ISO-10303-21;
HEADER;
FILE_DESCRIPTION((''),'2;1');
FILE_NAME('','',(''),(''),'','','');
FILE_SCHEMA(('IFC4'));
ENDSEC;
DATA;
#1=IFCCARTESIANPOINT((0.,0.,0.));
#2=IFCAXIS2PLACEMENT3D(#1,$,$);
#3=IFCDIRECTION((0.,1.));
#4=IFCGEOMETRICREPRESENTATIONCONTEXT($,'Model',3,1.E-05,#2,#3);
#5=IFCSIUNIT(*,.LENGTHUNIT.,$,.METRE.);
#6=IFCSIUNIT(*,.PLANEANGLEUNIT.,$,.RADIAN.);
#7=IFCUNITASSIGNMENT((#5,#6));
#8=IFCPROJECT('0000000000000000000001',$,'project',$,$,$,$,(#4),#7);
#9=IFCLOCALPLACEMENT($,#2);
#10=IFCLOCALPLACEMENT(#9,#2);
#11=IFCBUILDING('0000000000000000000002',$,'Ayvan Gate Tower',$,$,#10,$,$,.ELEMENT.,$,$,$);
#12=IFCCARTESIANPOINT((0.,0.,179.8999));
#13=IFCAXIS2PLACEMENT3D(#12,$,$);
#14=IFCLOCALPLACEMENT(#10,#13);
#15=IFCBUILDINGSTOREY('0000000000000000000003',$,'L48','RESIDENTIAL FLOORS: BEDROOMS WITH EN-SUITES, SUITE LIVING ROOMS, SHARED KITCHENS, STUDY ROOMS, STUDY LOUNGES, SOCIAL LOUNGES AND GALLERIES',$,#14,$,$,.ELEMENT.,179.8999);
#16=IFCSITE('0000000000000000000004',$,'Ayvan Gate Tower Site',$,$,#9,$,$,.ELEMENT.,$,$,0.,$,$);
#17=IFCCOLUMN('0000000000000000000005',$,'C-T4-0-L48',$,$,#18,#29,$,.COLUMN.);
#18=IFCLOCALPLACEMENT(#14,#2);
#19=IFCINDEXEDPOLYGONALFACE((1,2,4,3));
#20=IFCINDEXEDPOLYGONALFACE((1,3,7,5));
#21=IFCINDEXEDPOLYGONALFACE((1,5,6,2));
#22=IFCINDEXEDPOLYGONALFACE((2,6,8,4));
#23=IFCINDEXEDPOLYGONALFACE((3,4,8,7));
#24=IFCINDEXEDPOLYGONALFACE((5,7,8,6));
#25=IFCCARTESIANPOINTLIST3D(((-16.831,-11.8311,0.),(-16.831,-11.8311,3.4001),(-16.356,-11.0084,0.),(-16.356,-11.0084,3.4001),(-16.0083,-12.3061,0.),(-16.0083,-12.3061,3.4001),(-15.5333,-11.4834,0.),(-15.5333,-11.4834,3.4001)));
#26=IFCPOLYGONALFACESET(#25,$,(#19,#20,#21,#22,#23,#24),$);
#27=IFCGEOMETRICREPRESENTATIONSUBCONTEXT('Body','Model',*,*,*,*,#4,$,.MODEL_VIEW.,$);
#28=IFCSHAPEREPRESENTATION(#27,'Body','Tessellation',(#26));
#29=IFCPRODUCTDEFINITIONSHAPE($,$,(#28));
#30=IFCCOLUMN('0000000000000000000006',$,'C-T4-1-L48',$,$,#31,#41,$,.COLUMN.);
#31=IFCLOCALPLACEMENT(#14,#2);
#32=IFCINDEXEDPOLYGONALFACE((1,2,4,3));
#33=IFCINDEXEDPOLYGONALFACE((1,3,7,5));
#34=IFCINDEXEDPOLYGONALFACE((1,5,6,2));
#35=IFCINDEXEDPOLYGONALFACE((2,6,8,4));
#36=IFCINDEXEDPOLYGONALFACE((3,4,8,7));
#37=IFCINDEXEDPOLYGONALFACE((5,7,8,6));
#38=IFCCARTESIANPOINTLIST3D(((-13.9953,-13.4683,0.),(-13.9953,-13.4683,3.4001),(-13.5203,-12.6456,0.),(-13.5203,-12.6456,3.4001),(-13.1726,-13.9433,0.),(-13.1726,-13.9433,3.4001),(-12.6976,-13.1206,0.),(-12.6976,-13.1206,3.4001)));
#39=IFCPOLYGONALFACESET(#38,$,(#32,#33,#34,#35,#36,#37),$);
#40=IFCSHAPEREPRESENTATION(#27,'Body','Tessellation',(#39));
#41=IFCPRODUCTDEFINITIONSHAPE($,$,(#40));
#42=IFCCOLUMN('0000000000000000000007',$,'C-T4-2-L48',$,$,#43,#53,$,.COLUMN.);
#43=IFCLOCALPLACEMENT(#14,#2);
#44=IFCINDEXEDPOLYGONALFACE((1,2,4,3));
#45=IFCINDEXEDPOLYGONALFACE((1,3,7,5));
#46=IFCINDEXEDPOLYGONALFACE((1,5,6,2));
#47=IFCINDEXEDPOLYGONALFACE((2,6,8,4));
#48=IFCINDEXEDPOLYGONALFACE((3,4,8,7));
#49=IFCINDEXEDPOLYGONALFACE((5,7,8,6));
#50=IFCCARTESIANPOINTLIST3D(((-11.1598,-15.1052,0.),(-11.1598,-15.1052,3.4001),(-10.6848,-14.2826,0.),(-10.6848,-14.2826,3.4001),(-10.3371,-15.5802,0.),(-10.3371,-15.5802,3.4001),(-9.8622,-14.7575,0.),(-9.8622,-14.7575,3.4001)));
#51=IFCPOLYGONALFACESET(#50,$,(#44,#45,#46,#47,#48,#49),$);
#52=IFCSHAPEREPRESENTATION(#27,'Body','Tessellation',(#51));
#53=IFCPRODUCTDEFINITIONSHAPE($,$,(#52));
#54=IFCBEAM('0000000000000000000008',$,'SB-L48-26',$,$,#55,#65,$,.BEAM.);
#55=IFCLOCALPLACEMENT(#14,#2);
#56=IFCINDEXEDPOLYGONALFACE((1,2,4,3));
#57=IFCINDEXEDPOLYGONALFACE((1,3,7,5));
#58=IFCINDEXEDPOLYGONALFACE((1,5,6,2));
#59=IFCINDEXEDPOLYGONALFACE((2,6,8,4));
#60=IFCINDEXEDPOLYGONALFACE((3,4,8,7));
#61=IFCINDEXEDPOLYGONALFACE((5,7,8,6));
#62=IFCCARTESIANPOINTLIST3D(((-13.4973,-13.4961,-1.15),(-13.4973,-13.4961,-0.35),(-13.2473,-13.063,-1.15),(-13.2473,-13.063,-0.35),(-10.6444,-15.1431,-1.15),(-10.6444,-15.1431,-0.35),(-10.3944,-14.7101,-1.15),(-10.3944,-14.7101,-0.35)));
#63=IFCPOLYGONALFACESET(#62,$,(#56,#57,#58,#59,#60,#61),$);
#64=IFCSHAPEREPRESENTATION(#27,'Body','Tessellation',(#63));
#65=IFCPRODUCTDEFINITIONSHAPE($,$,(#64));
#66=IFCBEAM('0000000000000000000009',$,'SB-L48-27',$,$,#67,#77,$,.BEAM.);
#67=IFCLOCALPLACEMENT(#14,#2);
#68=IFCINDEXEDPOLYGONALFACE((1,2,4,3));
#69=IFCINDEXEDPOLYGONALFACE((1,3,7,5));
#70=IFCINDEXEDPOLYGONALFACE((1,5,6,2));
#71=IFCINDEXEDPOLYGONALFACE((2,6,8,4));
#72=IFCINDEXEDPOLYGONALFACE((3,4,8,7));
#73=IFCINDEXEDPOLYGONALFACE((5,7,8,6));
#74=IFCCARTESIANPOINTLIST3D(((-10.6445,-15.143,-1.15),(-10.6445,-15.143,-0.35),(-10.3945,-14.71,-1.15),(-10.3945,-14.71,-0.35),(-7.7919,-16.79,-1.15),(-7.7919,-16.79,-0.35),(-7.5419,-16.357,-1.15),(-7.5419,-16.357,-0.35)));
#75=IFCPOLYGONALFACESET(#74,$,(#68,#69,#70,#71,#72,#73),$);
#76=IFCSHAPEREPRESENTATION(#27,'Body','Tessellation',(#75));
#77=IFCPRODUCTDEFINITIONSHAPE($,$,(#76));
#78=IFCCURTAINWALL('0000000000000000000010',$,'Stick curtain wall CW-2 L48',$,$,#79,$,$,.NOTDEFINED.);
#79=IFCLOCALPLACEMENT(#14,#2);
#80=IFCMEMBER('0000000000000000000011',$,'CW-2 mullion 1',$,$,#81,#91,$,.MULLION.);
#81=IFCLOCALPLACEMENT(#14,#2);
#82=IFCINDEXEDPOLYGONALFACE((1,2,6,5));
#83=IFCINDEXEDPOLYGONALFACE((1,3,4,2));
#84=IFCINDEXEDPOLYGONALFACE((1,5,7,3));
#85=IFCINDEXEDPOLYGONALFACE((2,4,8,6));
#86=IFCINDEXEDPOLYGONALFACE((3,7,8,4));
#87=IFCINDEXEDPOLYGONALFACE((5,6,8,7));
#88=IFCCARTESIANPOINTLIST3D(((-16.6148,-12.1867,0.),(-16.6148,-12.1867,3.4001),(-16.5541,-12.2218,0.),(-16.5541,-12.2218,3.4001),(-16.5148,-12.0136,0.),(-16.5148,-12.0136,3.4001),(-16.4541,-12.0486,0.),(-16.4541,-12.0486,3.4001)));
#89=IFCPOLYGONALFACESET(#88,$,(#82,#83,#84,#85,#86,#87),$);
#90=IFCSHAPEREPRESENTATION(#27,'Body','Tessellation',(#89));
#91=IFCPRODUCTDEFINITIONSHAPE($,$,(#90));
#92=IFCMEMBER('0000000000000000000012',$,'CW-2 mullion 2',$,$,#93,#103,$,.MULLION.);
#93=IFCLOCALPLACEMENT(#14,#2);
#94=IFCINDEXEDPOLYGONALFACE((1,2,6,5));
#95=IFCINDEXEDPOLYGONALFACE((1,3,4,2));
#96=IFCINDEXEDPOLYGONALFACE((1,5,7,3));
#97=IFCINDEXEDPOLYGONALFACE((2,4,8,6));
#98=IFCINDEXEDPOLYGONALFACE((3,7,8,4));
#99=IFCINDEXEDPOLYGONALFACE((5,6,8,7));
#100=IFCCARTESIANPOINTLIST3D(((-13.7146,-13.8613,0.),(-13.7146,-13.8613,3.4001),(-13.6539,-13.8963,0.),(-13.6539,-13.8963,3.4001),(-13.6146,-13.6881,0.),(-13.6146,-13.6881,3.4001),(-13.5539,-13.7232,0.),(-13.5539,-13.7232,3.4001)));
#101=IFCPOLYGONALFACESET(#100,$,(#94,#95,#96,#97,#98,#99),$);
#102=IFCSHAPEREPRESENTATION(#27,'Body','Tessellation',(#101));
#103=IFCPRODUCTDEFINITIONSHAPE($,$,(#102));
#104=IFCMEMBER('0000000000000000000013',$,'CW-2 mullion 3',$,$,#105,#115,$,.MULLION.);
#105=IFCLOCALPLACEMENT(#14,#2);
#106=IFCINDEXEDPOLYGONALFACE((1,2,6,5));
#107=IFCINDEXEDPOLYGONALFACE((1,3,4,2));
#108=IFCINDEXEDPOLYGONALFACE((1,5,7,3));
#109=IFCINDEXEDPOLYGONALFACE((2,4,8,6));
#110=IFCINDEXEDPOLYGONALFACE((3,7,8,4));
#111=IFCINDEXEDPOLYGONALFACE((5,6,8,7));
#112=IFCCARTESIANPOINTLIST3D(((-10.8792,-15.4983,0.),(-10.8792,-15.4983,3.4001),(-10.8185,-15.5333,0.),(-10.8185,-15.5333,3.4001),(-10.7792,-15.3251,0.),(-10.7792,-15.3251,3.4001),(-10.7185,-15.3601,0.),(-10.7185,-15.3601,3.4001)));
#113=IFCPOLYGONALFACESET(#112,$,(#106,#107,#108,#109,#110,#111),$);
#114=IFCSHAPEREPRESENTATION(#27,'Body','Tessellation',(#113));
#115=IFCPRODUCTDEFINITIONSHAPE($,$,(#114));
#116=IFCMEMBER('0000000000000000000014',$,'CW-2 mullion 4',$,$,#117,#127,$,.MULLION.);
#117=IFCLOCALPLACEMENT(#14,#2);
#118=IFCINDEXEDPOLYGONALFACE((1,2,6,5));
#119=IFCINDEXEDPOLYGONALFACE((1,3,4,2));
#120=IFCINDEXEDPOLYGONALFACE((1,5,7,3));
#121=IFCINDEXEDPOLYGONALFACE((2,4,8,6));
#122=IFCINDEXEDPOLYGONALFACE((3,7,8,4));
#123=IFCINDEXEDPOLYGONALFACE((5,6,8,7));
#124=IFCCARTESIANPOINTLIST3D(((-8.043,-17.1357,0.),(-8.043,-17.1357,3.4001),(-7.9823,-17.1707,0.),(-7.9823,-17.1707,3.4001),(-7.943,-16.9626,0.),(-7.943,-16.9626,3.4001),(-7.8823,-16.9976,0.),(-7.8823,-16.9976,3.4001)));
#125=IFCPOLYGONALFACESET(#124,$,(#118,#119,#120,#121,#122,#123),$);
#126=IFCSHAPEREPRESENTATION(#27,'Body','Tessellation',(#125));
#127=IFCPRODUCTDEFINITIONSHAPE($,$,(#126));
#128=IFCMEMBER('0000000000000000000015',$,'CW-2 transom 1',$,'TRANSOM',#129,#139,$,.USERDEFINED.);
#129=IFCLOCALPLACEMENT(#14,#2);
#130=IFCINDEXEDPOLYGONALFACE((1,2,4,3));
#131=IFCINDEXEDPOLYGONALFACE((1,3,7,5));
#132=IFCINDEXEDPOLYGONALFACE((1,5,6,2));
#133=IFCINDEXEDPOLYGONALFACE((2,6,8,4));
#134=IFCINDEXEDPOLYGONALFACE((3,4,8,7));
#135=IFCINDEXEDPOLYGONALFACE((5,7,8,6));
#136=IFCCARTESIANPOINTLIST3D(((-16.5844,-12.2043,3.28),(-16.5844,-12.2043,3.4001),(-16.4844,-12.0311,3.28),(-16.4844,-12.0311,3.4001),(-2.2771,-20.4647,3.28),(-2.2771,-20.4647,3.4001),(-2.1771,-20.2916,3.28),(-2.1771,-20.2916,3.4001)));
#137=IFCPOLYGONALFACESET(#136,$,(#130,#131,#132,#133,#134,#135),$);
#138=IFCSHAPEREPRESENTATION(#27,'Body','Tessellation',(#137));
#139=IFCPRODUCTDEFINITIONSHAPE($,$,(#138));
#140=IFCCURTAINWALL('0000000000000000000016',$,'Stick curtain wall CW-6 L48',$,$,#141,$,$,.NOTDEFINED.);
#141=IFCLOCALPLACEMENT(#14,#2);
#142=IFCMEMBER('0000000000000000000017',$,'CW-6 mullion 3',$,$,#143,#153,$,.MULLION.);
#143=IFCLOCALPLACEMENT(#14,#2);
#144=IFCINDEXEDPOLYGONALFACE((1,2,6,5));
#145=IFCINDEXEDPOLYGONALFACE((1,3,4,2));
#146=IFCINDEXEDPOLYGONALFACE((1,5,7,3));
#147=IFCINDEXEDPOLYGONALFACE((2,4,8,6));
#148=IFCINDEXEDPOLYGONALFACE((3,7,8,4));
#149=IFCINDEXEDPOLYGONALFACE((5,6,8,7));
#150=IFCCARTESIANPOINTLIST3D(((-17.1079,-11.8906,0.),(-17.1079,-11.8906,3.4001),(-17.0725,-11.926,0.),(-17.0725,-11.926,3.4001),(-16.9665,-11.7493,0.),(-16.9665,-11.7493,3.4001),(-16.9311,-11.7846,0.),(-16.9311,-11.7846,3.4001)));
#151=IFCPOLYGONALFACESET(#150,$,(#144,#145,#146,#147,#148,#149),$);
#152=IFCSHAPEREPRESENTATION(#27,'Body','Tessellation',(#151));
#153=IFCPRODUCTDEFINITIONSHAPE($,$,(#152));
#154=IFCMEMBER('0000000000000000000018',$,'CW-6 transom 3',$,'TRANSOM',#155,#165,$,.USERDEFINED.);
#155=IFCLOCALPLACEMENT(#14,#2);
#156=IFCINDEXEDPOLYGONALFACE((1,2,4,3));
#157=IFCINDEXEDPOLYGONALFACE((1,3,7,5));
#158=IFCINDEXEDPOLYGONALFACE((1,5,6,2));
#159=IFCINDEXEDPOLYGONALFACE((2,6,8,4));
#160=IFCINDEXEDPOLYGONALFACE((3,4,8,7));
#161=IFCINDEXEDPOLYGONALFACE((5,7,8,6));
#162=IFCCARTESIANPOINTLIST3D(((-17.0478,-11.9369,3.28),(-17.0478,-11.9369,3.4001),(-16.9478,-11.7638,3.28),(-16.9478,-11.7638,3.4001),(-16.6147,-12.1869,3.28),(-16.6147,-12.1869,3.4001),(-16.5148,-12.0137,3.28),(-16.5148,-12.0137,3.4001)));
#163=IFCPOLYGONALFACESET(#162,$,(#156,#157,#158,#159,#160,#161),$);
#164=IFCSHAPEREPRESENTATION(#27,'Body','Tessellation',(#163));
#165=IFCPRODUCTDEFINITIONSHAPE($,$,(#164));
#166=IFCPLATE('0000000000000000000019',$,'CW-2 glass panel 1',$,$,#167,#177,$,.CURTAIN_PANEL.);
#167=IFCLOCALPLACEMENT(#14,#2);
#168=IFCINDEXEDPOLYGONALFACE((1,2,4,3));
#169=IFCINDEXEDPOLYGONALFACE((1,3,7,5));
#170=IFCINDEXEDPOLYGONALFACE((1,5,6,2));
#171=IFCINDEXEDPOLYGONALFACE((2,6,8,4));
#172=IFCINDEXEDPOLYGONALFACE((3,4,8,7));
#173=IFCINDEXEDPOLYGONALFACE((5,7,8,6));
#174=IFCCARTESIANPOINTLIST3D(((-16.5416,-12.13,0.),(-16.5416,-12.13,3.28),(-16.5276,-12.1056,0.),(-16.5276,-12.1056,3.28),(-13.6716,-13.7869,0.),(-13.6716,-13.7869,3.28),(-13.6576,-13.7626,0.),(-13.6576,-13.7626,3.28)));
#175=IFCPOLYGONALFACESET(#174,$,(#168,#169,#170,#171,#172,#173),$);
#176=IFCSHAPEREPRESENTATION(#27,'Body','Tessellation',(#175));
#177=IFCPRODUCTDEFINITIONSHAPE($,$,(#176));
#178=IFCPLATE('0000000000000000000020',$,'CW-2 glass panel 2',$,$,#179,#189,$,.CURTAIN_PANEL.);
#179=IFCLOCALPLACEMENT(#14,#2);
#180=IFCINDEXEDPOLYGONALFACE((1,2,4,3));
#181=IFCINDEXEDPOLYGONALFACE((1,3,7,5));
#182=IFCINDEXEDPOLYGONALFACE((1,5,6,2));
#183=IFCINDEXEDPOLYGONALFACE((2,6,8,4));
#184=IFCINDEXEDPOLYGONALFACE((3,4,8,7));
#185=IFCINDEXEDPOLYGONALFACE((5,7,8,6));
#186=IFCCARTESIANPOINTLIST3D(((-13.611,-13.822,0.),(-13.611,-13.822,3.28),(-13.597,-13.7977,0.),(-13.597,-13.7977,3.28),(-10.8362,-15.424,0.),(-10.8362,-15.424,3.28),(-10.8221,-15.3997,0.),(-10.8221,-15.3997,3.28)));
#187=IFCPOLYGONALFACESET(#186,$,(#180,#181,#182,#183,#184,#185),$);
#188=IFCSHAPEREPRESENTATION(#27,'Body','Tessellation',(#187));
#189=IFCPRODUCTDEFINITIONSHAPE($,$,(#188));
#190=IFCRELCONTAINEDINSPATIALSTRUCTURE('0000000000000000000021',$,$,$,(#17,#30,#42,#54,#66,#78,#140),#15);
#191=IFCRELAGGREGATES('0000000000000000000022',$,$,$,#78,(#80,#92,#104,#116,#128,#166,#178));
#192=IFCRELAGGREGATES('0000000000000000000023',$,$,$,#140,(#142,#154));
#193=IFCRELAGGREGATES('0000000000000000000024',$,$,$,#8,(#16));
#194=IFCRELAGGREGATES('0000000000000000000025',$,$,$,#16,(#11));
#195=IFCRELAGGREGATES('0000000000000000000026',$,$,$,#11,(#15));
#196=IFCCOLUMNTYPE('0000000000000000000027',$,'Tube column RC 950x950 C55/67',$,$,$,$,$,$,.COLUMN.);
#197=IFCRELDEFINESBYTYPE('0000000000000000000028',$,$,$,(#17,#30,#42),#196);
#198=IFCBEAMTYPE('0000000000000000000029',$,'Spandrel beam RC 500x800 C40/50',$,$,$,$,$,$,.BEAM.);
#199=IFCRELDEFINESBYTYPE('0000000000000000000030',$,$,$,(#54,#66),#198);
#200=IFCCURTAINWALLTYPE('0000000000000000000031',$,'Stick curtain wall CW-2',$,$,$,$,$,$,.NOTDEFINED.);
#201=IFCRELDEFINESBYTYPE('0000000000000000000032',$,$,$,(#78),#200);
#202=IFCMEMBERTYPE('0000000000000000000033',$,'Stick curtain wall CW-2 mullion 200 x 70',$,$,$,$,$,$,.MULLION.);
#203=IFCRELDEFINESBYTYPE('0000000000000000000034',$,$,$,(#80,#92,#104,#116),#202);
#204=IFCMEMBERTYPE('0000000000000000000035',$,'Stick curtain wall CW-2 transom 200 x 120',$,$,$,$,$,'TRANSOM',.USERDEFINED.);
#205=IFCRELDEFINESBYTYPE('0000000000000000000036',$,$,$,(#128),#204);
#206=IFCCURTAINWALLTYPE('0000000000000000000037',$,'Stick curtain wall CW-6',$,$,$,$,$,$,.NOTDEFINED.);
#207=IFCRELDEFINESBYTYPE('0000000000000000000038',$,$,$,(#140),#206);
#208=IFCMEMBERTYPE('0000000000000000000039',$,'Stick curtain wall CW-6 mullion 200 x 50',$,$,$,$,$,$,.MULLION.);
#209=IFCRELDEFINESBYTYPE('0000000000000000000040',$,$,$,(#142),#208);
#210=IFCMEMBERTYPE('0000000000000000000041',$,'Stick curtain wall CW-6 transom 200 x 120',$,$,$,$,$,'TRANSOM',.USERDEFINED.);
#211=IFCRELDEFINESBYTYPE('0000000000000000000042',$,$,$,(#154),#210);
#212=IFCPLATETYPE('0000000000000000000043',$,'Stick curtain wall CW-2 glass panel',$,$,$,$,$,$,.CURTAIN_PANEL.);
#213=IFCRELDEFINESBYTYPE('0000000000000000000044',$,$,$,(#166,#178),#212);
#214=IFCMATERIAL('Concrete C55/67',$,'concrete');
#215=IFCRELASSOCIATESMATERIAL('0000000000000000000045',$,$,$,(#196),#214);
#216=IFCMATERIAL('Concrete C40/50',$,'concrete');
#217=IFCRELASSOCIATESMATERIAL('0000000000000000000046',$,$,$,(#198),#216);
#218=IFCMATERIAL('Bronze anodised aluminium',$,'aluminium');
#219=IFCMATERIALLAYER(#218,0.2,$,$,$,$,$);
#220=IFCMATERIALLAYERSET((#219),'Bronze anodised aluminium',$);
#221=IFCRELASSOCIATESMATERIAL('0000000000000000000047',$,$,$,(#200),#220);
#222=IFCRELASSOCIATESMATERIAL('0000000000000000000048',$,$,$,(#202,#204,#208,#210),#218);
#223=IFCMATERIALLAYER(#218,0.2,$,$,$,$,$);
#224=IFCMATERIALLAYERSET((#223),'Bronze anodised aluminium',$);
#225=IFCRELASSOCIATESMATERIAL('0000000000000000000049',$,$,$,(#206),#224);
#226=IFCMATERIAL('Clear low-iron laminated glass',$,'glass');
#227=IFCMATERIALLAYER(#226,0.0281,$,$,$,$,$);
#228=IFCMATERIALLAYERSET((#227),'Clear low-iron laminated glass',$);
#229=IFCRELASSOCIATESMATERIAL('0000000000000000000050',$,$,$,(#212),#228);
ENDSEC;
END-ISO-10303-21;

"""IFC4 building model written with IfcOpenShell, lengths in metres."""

from ifc_helpers import new_model, si_unit, direction, frame, origin, origin_2d, place, context, subcontext, project, spatial, rectangle, extrude, material, layer, layer_set, material_profile, profile_set, type_object, element, aggregate, save


model = new_model("IFC4")

# Units and contexts
model_context = context("Model", 3, precision=1e-05, world=origin(), true_north=direction((0.0, 1.0)))
body_context = subcontext(model_context, "Body", "Model", "MODEL_VIEW")
ifc_project = project(units=[si_unit("LENGTHUNIT", "METRE"), si_unit("PLANEANGLEUNIT", "RADIAN")], contexts=[model_context])

# Site, building, storey
site_placement = place(None, origin())
site = spatial("IfcSite", under=ifc_project, at=site_placement, Name="Ayvan Gate Tower Site", CompositionType="ELEMENT", RefElevation=0.0)
building_placement = place(site_placement, origin())
building = spatial("IfcBuilding", under=site, at=building_placement, Name="Ayvan Gate Tower", CompositionType="ELEMENT")
storey_placement = place(building_placement, frame((0.0, 0.0, 179.8999)))
storey = spatial("IfcBuildingStorey", under=building, at=storey_placement, Name="L48", Description="RESIDENTIAL FLOORS: BEDROOMS WITH EN-SUITES, SUITE LIVING ROOMS, SHARED KITCHENS, STUDY ROOMS, STUDY LOUNGES, SOCIAL LOUNGES AND GALLERIES", CompositionType="ELEMENT", Elevation=179.8999)

# Columns
ifc_material_1 = material(Name="Concrete C55/67", Category="concrete")
ifc_material_profile_1 = material_profile(ifc_material_1, rectangle(XDim=0.95, YDim=0.95, at=origin_2d()), Name="RC 950x950")
ifc_profile_set_1 = profile_set([ifc_material_profile_1], Name="Concrete C55/67")
column_type = type_object("IfcColumnType", Name="Tube column RC 950x950 C55/67", PredefinedType="COLUMN", material=ifc_profile_set_1)
for number, where, z_axis, x_axis, name in (
    (1, (-16.1821, -11.6572, 0.0), (0.0, 0.0, 1.0), (-0.5, -0.866025, 0.0), "C-T4-0-L48"),
    (2, (-13.3464, -13.2944, 0.0), (0.0, 0.0, 1.0), (-0.5, -0.866025, 0.0), "C-T4-1-L48"),
    (3, (-10.511, -14.9314, 0.0), (0.0, 0.0, 1.0), (-0.5, -0.866025, 0.0), "C-T4-2-L48"),
):
    element("IfcColumn", number, at=place(storey_placement, frame(where, z_axis=z_axis, x_axis=x_axis)), inside=storey, type_object=column_type, Name=name, PredefinedType="COLUMN", context=body_context, shape_type="SweptSolid", body=[
        extrude(rectangle(XDim=0.95, YDim=0.95, at=origin_2d()), origin(), (0.0, 0.0, 1.0), 3.4001),
    ])

# Beams
ifc_material_2 = material(Name="Concrete C40/50", Category="concrete")
ifc_material_profile_2 = material_profile(ifc_material_2, rectangle(XDim=0.5, YDim=0.8, at=origin_2d()), Name="RC 500x800")
ifc_profile_set_2 = profile_set([ifc_material_profile_2], Name="Concrete C40/50")
beam_type = type_object("IfcBeamType", Name="Spandrel beam RC 500x800 C40/50", PredefinedType="BEAM", material=ifc_profile_set_2)
beam_1_placement = place(storey_placement, frame((-13.3723, -13.2795, -0.75), z_axis=(0.866036, -0.499981, 0.0), x_axis=(0.499981, 0.866036, 0.0)))
element("IfcBeam", 4, at=beam_1_placement, inside=storey, type_object=beam_type, Name="SB-L48-26", PredefinedType="BEAM", context=body_context, shape_type="SweptSolid", body=[
    extrude(rectangle(XDim=0.5, YDim=0.8, at=origin_2d()), origin(), (0.0, 0.0, 1.0), 3.2942),
])
beam_2_placement = place(storey_placement, frame((-10.5195, -14.9265, -0.75), z_axis=(0.866018, -0.500013, 0.0), x_axis=(0.500013, 0.866018, 0.0)))
element("IfcBeam", 5, at=beam_2_placement, inside=storey, type_object=beam_type, Name="SB-L48-27", PredefinedType="BEAM", context=body_context, shape_type="SweptSolid", body=[
    extrude(rectangle(XDim=0.5, YDim=0.8, at=origin_2d()), origin(), (0.0, 0.0, 1.0), 3.2939),
])

# Curtain walls, members
ifc_material_3 = material(Name="Bronze anodised aluminium", Category="aluminium")
ifc_layer_1 = layer(ifc_material_3, 0.2)
ifc_layer_set_1 = layer_set([ifc_layer_1], Name="Bronze anodised aluminium")
curtain_wall_type_1 = type_object("IfcCurtainWallType", Name="Stick curtain wall CW-2", PredefinedType="NOTDEFINED", material=ifc_layer_set_1)
curtain_wall_1_placement = place(storey_placement, origin())
curtain_wall_1 = element("IfcCurtainWall", 6, at=curtain_wall_1_placement, inside=storey, type_object=curtain_wall_type_1, Name="Stick curtain wall CW-2 L48", PredefinedType="NOTDEFINED")
ifc_material_profile_3 = material_profile(ifc_material_3, rectangle(XDim=0.2, YDim=0.0701, at=origin_2d()), Name="Stick curtain wall CW-2 mullion 200 x 70")
ifc_profile_set_3 = profile_set([ifc_material_profile_3], Name="Bronze anodised aluminium")
member_type_1 = type_object("IfcMemberType", Name="Stick curtain wall CW-2 mullion 200 x 70", PredefinedType="MULLION", material=ifc_profile_set_3)
member_1_placement = place(storey_placement, frame((-16.5344, -12.1177, 0.0), z_axis=(0.0, 0.0, 1.0), x_axis=(-0.5, -0.866025, 0.0)))
member_1 = element("IfcMember", 7, at=member_1_placement, type_object=member_type_1, Name="CW-2 mullion 1", PredefinedType="MULLION", context=body_context, shape_type="SweptSolid", body=[
    extrude(rectangle(XDim=0.2, YDim=0.0701, at=origin_2d()), origin(), (0.0, 0.0, 1.0), 3.4001),
])
member_2_placement = place(storey_placement, frame((-13.6343, -13.7922, 0.0), z_axis=(0.0, 0.0, 1.0), x_axis=(-0.5, -0.866025, 0.0)))
member_2 = element("IfcMember", 8, at=member_2_placement, type_object=member_type_1, Name="CW-2 mullion 2", PredefinedType="MULLION", context=body_context, shape_type="SweptSolid", body=[
    extrude(rectangle(XDim=0.2, YDim=0.0701, at=origin_2d()), origin(), (0.0, 0.0, 1.0), 3.4001),
])
member_3_placement = place(storey_placement, frame((-10.7988, -15.4292, 0.0), z_axis=(0.0, 0.0, 1.0), x_axis=(-0.5, -0.866025, 0.0)))
member_3 = element("IfcMember", 9, at=member_3_placement, type_object=member_type_1, Name="CW-2 mullion 3", PredefinedType="MULLION", context=body_context, shape_type="SweptSolid", body=[
    extrude(rectangle(XDim=0.2, YDim=0.0701, at=origin_2d()), origin(), (0.0, 0.0, 1.0), 3.4001),
])
member_4_placement = place(storey_placement, frame((-7.9626, -17.0667, 0.0), z_axis=(0.0, 0.0, 1.0), x_axis=(-0.5, -0.866025, 0.0)))
member_4 = element("IfcMember", 10, at=member_4_placement, type_object=member_type_1, Name="CW-2 mullion 4", PredefinedType="MULLION", context=body_context, shape_type="SweptSolid", body=[
    extrude(rectangle(XDim=0.2, YDim=0.0701, at=origin_2d()), origin(), (0.0, 0.0, 1.0), 3.4001),
])
ifc_material_profile_4 = material_profile(ifc_material_3, rectangle(XDim=0.2, YDim=0.1201, at=origin_2d()), Name="Stick curtain wall CW-2 transom 200 x 120")
ifc_profile_set_4 = profile_set([ifc_material_profile_4], Name="Bronze anodised aluminium")
member_type_2 = type_object("IfcMemberType", Name="Stick curtain wall CW-2 transom 200 x 120", ElementType="TRANSOM", PredefinedType="USERDEFINED", material=ifc_profile_set_4)
member_5_placement = place(storey_placement, frame((-16.5344, -12.1177, 3.3401), z_axis=(0.866022, -0.500006, 0.0), x_axis=(0.500006, 0.866022, 0.0)))
member_5 = element("IfcMember", 11, at=member_5_placement, type_object=member_type_2, Name="CW-2 transom 1", ObjectType="TRANSOM", PredefinedType="USERDEFINED", context=body_context, shape_type="SweptSolid", body=[
    extrude(rectangle(XDim=0.2, YDim=0.1201, at=origin_2d()), origin(), (0.0, 0.0, 1.0), 16.5208),
])
ifc_layer_2 = layer(ifc_material_3, 0.2)
ifc_layer_set_2 = layer_set([ifc_layer_2], Name="Bronze anodised aluminium")
curtain_wall_type_2 = type_object("IfcCurtainWallType", Name="Stick curtain wall CW-6", PredefinedType="NOTDEFINED", material=ifc_layer_set_2)
curtain_wall_2_placement = place(storey_placement, origin())
curtain_wall_2 = element("IfcCurtainWall", 12, at=curtain_wall_2_placement, inside=storey, type_object=curtain_wall_type_2, Name="Stick curtain wall CW-6 L48", PredefinedType="NOTDEFINED")
ifc_material_profile_5 = material_profile(ifc_material_3, rectangle(XDim=0.2, YDim=0.05, at=origin_2d()), Name="Stick curtain wall CW-6 mullion 200 x 50")
ifc_profile_set_5 = profile_set([ifc_material_profile_5], Name="Bronze anodised aluminium")
member_type_3 = type_object("IfcMemberType", Name="Stick curtain wall CW-6 mullion 200 x 50", PredefinedType="MULLION", material=ifc_profile_set_5)
member_6_placement = place(storey_placement, frame((-17.0195, -11.8376, 0.0), z_axis=(0.0, 0.0, 1.0), x_axis=(-0.707107, -0.707107, 0.0)))
member_6 = element("IfcMember", 13, at=member_6_placement, type_object=member_type_3, Name="CW-6 mullion 3", PredefinedType="MULLION", context=body_context, shape_type="SweptSolid", body=[
    extrude(rectangle(XDim=0.2, YDim=0.05, at=origin_2d()), origin(), (0.0, 0.0, 1.0), 3.4001),
])
ifc_material_profile_6 = material_profile(ifc_material_3, rectangle(XDim=0.2, YDim=0.1201, at=origin_2d()), Name="Stick curtain wall CW-6 transom 200 x 120")
ifc_profile_set_6 = profile_set([ifc_material_profile_6], Name="Bronze anodised aluminium")
member_type_4 = type_object("IfcMemberType", Name="Stick curtain wall CW-6 transom 200 x 120", ElementType="TRANSOM", PredefinedType="USERDEFINED", material=ifc_profile_set_6)
member_7_placement = place(storey_placement, frame((-16.9978, -11.8503, 3.3401), z_axis=(0.866072, -0.49992, 0.0), x_axis=(0.49992, 0.866072, 0.0)))
member_7 = element("IfcMember", 14, at=member_7_placement, type_object=member_type_4, Name="CW-6 transom 3", ObjectType="TRANSOM", PredefinedType="USERDEFINED", context=body_context, shape_type="SweptSolid", body=[
    extrude(rectangle(XDim=0.2, YDim=0.1201, at=origin_2d()), origin(), (0.0, 0.0, 1.0), 0.5),
])

# Plates
ifc_material_4 = material(Name="Clear low-iron laminated glass", Category="glass")
ifc_layer_3 = layer(ifc_material_4, 0.0281)
ifc_layer_set_3 = layer_set([ifc_layer_3], Name="Clear low-iron laminated glass")
plate_type_1 = type_object("IfcPlateType", Name="Stick curtain wall CW-2 glass panel", PredefinedType="CURTAIN_PANEL", material=ifc_layer_set_3)
plate_1_placement = place(storey_placement, frame((-15.0996, -12.9463, 0.0), z_axis=(0.0, 0.0, 1.0), x_axis=(0.866025, -0.5, 0.0)))
plate_1 = element("IfcPlate", 15, at=plate_1_placement, type_object=plate_type_1, Name="CW-2 glass panel 1", PredefinedType="CURTAIN_PANEL", context=body_context, shape_type="SweptSolid", body=[
    extrude(rectangle(XDim=3.314, YDim=0.0281, at=origin_2d()), origin(), (0.0, 0.0, 1.0), 3.28),
])
plate_2_placement = place(storey_placement, frame((-12.2166, -14.6108, 0.0), z_axis=(0.0, 0.0, 1.0), x_axis=(0.866025, -0.5, 0.0)))
plate_2 = element("IfcPlate", 16, at=plate_2_placement, type_object=plate_type_1, Name="CW-2 glass panel 2", PredefinedType="CURTAIN_PANEL", context=body_context, shape_type="SweptSolid", body=[
    extrude(rectangle(XDim=3.2041, YDim=0.0281, at=origin_2d()), origin(), (0.0, 0.0, 1.0), 3.28),
])
aggregate(curtain_wall_1, [member_1, member_2, member_3, member_4, member_5, plate_1, plate_2])
aggregate(curtain_wall_2, [member_6, member_7])

save(model, "model.ifc")
